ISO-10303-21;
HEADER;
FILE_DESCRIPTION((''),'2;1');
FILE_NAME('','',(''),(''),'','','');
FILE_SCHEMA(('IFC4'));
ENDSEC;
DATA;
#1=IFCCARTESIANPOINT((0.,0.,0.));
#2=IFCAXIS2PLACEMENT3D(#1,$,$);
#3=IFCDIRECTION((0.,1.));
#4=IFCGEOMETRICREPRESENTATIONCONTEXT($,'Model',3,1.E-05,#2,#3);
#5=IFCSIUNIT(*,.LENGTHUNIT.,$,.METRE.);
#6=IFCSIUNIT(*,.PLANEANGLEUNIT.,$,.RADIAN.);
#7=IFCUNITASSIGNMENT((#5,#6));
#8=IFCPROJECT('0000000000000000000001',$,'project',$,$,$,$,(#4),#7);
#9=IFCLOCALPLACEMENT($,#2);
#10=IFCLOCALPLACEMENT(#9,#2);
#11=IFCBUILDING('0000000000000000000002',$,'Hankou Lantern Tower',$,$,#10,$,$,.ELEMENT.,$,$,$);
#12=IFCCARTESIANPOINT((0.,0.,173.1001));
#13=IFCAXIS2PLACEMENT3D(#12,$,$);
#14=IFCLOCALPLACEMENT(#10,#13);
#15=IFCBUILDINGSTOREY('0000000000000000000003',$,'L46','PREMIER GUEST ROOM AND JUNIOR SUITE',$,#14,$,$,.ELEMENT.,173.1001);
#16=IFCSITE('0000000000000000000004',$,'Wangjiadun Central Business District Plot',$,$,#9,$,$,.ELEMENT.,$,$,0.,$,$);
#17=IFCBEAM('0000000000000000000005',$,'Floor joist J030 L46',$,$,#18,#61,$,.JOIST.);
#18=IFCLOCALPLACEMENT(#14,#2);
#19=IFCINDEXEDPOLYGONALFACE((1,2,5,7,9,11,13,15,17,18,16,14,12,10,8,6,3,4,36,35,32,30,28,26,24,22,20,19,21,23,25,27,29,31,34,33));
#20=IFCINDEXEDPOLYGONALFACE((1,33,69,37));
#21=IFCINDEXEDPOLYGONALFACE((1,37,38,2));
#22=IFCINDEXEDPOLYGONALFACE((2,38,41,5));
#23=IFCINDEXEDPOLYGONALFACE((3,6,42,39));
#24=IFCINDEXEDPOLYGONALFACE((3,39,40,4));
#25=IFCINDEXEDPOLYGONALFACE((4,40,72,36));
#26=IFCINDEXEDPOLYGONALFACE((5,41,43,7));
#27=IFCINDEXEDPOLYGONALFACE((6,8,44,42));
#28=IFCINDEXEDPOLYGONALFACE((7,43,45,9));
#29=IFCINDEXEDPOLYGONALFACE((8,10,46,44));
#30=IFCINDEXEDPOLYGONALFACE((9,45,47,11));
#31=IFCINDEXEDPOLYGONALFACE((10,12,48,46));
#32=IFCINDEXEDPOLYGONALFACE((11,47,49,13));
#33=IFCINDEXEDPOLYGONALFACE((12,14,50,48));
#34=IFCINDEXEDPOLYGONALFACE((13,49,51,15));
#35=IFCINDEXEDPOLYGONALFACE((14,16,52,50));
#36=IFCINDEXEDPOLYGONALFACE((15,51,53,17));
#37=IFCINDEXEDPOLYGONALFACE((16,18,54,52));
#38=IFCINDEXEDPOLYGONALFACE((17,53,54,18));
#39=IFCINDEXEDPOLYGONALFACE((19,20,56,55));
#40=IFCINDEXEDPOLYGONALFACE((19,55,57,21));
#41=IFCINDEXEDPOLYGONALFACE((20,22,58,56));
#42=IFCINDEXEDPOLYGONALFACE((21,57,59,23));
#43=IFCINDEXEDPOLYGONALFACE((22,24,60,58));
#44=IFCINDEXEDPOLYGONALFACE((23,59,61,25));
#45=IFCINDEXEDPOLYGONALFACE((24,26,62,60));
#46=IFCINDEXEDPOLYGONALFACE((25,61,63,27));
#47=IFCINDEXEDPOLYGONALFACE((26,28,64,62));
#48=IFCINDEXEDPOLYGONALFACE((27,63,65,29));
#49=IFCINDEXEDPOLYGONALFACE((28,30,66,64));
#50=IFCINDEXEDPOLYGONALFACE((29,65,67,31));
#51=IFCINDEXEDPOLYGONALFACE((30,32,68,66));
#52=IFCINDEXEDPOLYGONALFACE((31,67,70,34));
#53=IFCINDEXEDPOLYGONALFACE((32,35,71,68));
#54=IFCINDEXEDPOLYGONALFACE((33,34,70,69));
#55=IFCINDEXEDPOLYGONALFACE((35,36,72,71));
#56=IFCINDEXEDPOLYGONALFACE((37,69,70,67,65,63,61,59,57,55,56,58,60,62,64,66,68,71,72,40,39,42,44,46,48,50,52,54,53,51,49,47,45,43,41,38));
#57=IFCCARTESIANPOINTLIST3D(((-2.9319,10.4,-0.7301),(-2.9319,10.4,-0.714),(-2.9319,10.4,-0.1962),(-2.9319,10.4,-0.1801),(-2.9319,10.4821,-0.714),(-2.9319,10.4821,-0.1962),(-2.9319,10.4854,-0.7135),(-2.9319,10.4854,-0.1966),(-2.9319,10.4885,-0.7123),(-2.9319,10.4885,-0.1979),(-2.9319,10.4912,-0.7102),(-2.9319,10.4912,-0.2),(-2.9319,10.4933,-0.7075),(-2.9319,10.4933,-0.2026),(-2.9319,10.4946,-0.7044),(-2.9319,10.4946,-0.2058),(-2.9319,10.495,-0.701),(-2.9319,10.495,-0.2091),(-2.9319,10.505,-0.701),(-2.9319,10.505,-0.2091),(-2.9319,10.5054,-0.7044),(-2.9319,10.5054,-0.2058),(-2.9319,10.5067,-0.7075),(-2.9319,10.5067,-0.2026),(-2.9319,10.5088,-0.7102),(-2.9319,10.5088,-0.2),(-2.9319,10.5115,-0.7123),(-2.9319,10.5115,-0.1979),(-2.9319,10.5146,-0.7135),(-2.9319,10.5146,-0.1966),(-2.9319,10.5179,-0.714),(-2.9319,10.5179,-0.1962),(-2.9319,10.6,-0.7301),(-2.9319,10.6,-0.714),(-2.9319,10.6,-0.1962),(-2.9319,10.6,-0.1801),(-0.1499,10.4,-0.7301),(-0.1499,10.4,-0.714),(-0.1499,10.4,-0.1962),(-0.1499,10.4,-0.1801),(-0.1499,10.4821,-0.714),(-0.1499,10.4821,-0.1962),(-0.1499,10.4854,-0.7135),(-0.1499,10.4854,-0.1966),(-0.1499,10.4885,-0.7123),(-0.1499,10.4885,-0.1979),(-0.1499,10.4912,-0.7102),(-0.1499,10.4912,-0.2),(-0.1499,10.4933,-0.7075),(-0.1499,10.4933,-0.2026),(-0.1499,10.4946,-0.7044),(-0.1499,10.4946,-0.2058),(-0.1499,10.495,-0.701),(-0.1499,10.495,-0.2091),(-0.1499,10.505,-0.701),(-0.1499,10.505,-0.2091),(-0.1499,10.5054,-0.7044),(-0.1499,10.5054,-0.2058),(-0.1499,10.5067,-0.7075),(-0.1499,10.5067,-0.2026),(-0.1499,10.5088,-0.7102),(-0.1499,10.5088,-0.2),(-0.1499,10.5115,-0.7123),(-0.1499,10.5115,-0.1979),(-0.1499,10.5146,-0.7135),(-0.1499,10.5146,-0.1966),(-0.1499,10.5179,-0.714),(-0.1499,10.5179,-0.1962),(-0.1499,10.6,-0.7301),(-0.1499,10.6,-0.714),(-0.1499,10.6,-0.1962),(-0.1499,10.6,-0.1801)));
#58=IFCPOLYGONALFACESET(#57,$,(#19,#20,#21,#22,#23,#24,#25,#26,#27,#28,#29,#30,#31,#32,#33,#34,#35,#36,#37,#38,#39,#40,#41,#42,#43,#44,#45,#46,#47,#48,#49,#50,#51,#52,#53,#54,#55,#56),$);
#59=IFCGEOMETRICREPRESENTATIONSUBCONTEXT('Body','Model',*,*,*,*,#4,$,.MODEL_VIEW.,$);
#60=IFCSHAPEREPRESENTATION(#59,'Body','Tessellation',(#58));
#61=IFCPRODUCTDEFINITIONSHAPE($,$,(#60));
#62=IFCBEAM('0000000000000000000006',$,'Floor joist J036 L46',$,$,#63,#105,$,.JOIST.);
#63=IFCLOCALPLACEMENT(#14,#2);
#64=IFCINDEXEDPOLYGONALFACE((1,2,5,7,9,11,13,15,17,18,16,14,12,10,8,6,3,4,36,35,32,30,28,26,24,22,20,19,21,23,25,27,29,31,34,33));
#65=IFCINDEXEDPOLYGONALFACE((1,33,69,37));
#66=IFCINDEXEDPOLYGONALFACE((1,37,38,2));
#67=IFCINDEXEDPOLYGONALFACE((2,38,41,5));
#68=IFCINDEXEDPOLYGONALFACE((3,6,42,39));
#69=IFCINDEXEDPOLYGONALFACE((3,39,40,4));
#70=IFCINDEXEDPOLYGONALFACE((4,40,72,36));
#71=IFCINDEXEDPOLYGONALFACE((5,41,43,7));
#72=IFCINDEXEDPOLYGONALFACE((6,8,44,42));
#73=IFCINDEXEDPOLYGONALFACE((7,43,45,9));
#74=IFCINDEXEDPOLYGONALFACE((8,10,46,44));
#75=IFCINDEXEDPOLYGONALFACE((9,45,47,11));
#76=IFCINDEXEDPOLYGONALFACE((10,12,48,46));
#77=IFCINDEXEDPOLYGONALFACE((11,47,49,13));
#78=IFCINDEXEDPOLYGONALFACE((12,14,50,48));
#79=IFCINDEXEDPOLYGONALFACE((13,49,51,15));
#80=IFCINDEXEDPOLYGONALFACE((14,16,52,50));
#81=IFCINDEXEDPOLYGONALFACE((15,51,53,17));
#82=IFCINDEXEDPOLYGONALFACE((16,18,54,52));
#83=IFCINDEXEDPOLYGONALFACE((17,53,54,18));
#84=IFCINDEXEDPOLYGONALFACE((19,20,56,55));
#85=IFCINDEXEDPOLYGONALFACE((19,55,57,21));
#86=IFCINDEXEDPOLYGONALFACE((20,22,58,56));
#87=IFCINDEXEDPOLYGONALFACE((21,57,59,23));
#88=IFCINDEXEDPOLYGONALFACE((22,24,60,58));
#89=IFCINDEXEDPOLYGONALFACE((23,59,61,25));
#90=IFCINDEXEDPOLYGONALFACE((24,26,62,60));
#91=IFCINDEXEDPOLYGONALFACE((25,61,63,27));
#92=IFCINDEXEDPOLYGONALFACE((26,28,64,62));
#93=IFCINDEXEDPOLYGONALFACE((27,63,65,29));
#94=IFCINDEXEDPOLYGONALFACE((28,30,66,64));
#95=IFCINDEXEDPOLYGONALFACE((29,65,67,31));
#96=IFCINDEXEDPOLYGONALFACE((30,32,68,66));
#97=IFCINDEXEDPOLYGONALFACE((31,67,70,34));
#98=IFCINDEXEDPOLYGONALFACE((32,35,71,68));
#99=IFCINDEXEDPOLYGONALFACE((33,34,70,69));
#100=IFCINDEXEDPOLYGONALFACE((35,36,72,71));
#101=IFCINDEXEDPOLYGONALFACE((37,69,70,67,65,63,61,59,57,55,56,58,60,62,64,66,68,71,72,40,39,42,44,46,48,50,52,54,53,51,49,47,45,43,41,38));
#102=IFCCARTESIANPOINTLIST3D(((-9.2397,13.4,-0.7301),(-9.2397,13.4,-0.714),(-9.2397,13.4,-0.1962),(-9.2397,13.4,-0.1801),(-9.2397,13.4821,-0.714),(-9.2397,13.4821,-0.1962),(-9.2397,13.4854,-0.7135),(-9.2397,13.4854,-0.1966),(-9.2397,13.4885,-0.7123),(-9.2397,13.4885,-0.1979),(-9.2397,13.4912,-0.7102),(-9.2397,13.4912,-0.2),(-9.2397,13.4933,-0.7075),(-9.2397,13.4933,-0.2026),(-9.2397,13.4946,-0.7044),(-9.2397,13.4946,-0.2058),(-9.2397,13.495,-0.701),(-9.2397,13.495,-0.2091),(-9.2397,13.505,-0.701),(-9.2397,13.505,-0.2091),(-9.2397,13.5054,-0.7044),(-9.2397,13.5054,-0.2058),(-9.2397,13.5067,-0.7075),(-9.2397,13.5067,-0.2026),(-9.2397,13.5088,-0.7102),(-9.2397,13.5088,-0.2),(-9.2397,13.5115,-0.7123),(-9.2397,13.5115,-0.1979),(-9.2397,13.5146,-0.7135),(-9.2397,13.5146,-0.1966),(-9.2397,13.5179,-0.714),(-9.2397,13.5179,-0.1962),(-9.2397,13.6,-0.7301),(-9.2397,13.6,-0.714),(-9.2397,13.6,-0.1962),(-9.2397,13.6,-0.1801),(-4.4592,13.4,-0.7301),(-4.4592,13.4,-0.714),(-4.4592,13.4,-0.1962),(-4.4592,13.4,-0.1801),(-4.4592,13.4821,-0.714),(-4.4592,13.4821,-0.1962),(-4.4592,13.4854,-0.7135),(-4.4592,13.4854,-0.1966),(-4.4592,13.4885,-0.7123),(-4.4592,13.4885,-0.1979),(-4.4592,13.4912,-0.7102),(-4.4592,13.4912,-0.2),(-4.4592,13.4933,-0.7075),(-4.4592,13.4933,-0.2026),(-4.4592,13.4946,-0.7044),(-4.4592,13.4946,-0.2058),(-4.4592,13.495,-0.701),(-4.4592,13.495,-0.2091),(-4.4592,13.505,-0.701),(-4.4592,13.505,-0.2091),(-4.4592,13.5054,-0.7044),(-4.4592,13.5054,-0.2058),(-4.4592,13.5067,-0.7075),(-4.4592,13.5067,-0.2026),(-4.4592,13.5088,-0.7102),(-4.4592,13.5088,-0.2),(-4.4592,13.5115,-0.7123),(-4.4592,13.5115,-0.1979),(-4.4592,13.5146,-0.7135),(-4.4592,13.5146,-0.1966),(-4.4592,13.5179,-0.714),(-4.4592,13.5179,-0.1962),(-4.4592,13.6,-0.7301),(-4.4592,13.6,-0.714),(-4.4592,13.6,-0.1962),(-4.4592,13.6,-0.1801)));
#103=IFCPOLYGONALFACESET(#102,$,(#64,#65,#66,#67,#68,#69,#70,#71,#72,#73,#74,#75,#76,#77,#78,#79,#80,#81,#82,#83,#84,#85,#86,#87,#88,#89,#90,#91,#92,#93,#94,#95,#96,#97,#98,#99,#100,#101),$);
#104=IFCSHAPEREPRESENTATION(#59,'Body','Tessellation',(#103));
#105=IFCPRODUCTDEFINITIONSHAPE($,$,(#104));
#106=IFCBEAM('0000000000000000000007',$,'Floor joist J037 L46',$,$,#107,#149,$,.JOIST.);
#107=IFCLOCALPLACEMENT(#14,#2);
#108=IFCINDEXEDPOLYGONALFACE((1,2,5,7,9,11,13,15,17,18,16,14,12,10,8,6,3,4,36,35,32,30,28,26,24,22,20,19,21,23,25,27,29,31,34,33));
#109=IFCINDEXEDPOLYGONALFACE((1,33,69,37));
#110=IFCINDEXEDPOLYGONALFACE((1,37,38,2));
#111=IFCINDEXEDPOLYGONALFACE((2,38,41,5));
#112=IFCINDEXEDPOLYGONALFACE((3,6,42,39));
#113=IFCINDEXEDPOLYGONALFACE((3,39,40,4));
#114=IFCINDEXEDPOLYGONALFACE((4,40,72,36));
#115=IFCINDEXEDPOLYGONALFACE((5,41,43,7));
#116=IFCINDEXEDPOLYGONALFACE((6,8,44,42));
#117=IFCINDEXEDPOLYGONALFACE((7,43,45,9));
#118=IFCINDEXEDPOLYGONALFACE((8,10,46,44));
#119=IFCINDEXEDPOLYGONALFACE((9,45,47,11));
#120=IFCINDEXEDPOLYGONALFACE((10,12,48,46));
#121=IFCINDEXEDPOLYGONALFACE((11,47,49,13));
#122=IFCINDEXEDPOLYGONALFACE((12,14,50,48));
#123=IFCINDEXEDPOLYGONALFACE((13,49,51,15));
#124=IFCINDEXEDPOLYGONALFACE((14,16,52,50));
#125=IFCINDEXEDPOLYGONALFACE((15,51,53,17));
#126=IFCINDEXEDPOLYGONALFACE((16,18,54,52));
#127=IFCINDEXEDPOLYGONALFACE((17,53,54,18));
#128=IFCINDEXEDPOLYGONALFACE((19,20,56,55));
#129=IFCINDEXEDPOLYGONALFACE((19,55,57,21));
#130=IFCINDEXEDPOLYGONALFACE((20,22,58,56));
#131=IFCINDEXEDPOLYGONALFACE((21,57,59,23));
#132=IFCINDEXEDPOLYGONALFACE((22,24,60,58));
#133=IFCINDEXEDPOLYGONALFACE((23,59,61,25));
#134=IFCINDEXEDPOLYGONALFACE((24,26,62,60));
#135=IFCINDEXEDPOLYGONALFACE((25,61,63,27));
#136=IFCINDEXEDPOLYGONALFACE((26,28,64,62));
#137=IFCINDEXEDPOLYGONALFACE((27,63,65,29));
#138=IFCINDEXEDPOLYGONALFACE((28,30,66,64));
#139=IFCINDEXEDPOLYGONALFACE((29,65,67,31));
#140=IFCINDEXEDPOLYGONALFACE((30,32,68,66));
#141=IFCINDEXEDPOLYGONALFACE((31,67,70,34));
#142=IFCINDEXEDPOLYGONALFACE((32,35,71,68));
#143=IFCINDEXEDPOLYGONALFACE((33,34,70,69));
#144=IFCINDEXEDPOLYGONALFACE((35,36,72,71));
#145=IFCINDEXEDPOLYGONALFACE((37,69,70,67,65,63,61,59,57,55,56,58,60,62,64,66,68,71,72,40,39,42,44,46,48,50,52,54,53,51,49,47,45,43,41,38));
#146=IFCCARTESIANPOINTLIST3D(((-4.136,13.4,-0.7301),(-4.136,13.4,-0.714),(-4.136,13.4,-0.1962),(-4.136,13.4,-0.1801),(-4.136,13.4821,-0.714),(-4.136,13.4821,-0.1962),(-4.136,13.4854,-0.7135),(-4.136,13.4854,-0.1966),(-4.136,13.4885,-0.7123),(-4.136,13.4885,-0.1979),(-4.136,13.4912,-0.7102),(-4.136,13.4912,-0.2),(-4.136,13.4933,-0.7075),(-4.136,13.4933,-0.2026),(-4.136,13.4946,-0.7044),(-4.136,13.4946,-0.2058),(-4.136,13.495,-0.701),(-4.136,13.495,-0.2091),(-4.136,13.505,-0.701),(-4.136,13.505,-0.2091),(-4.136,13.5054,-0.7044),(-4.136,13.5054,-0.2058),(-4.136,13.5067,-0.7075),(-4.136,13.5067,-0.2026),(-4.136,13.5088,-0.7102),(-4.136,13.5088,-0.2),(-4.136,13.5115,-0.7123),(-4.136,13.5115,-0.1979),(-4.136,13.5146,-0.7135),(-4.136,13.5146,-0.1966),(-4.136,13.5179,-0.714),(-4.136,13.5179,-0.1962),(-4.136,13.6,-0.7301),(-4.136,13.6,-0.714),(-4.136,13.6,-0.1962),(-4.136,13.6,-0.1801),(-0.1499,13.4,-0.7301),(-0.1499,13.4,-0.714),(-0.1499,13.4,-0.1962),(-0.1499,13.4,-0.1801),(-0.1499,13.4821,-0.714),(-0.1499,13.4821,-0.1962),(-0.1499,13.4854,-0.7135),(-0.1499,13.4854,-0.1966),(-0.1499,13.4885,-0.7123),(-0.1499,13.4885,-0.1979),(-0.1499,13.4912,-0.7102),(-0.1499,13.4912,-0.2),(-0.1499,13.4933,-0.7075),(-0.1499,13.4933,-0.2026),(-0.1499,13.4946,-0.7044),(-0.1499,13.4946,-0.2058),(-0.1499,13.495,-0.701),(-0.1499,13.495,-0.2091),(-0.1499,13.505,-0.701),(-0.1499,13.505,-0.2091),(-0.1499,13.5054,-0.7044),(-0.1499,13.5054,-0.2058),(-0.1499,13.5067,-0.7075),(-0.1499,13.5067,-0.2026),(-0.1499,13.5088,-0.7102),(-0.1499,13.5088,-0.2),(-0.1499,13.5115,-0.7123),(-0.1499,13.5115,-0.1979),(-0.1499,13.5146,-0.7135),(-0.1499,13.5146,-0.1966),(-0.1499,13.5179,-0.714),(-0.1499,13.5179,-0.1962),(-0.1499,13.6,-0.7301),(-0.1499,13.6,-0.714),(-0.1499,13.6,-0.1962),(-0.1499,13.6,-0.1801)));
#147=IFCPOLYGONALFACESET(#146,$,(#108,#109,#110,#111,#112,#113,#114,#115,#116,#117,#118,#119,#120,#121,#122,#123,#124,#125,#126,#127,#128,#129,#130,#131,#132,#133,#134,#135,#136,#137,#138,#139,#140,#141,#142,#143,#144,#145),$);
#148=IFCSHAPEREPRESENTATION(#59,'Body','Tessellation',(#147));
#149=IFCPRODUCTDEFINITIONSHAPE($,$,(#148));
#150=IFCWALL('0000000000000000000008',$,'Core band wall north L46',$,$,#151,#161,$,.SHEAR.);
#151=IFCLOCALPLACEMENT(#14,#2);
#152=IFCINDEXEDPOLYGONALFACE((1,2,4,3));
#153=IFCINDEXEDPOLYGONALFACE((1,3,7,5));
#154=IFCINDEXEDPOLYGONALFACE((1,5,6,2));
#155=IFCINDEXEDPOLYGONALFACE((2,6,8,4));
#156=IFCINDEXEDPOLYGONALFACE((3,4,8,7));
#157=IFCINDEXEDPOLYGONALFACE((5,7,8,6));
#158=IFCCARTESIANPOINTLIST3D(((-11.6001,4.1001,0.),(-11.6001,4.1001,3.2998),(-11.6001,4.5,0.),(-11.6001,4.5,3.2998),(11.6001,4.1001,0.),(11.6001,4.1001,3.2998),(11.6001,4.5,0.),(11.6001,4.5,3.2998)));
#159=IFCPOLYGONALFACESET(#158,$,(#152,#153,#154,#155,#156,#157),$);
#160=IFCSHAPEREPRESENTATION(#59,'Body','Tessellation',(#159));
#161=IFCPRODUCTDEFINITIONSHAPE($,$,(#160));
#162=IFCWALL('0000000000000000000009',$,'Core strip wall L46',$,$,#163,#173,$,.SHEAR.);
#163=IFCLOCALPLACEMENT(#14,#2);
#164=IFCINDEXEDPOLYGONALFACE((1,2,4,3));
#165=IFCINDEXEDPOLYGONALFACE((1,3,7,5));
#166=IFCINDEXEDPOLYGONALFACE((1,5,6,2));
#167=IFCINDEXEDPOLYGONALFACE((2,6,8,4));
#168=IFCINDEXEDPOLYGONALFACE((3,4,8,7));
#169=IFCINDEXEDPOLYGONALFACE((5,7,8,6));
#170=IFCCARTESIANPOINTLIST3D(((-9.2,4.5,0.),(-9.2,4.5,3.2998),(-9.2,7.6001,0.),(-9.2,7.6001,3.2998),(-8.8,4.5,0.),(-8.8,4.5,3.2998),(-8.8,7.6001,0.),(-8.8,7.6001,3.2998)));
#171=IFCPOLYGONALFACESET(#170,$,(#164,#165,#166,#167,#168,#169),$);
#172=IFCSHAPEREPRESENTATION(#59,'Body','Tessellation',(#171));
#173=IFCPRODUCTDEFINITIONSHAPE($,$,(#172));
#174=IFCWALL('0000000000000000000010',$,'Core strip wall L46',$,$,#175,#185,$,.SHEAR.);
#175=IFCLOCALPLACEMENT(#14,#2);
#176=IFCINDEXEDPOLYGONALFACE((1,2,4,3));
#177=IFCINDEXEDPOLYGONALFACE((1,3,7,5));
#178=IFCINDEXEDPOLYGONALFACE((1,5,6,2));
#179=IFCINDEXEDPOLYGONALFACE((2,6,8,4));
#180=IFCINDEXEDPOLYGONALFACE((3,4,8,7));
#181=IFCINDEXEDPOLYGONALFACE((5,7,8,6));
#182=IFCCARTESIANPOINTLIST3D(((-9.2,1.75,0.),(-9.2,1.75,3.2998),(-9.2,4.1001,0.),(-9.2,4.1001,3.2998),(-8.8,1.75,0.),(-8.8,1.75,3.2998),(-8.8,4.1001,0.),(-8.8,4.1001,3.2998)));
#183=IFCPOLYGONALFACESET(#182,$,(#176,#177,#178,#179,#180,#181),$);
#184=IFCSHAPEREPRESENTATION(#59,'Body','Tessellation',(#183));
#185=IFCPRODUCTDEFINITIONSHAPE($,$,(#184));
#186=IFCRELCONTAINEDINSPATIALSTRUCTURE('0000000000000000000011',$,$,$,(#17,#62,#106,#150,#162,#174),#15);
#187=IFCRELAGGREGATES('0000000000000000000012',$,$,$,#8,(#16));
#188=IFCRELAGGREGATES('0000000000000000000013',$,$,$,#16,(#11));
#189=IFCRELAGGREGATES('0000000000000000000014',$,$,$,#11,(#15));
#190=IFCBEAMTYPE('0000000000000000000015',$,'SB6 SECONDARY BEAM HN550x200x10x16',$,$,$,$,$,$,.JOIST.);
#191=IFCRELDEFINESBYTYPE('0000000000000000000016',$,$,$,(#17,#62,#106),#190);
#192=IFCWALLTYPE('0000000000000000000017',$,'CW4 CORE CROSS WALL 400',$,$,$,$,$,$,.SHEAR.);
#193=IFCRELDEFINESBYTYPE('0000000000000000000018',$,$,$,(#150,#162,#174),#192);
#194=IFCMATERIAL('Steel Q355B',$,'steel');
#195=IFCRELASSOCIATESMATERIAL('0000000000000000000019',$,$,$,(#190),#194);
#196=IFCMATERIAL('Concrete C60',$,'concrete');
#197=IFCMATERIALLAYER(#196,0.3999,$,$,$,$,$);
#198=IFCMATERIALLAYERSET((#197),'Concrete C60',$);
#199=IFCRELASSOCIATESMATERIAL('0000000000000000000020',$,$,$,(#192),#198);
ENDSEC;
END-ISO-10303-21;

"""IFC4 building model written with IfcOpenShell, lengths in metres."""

from ifc_helpers import new_model, si_unit, direction, frame, frame_2d, origin, origin_2d, place, context, subcontext, project, spatial, rectangle, i_section, extrude, material, layer, layer_set, material_profile, profile_set, type_object, element, save


model = new_model("IFC4")

# Units and contexts
model_context = context("Model", 3, precision=1e-05, world=origin(), true_north=direction((0.0, 1.0)))
body_context = subcontext(model_context, "Body", "Model", "MODEL_VIEW")
ifc_project = project(units=[si_unit("LENGTHUNIT", "METRE"), si_unit("PLANEANGLEUNIT", "RADIAN")], contexts=[model_context])

# Site, building, storey
site_placement = place(None, origin())
site = spatial("IfcSite", under=ifc_project, at=site_placement, Name="Wangjiadun Central Business District Plot", CompositionType="ELEMENT", RefElevation=0.0)
building_placement = place(site_placement, origin())
building = spatial("IfcBuilding", under=site, at=building_placement, Name="Hankou Lantern Tower", CompositionType="ELEMENT")
storey_placement = place(building_placement, frame((0.0, 0.0, 173.1001)))
storey = spatial("IfcBuildingStorey", under=building, at=storey_placement, Name="L46", Description="PREMIER GUEST ROOM AND JUNIOR SUITE", CompositionType="ELEMENT", Elevation=173.1001)

# Beams
ifc_material_1 = material(Name="Steel Q355B", Category="steel")
ifc_material_profile_1 = material_profile(ifc_material_1, i_section(OverallWidth=0.2, OverallDepth=0.55, WebThickness=0.01, FlangeThickness=0.0161, FilletRadius=0.0129, at=origin_2d()), Name="HN550x200x10x16")
ifc_profile_set_1 = profile_set([ifc_material_profile_1], Name="Steel Q355B")
beam_type_1 = type_object("IfcBeamType", Name="SB6 SECONDARY BEAM HN550x200x10x16", PredefinedType="JOIST", material=ifc_profile_set_1)
beam_1_placement = place(storey_placement, frame((-2.9319, 10.5, -0.4551), z_axis=(1.0, 0.0, 0.0), x_axis=(0.0, 1.0, 0.0)))
element("IfcBeam", 1, at=beam_1_placement, inside=storey, type_object=beam_type_1, Name="Floor joist J030 L46", PredefinedType="JOIST", context=body_context, shape_type="SweptSolid", body=[
    extrude(i_section(OverallWidth=0.2, OverallDepth=0.55, WebThickness=0.01, FlangeThickness=0.0161, FilletRadius=0.0129, at=origin_2d()), origin(), (0.0, 0.0, 1.0), 2.782),
])
beam_2_placement = place(storey_placement, frame((-9.2397, 13.5, -0.4551), z_axis=(1.0, 0.0, 0.0), x_axis=(0.0, 1.0, 0.0)))
element("IfcBeam", 2, at=beam_2_placement, inside=storey, type_object=beam_type_1, Name="Floor joist J036 L46", PredefinedType="JOIST", context=body_context, shape_type="SweptSolid", body=[
    extrude(i_section(OverallWidth=0.2, OverallDepth=0.55, WebThickness=0.01, FlangeThickness=0.0161, FilletRadius=0.0129, at=origin_2d()), origin(), (0.0, 0.0, 1.0), 4.7805),
])
beam_3_placement = place(storey_placement, frame((-4.136, 13.5, -0.4551), z_axis=(1.0, 0.0, 0.0), x_axis=(0.0, 1.0, 0.0)))
element("IfcBeam", 3, at=beam_3_placement, inside=storey, type_object=beam_type_1, Name="Floor joist J037 L46", PredefinedType="JOIST", context=body_context, shape_type="SweptSolid", body=[
    extrude(i_section(OverallWidth=0.2, OverallDepth=0.55, WebThickness=0.01, FlangeThickness=0.0161, FilletRadius=0.0129, at=origin_2d()), origin(), (0.0, 0.0, 1.0), 3.9861),
])

# Walls
ifc_material_2 = material(Name="Concrete C60", Category="concrete")
ifc_layer_1 = layer(ifc_material_2, 0.3999)
ifc_layer_set_1 = layer_set([ifc_layer_1], Name="Concrete C60")
wall_type_1 = type_object("IfcWallType", Name="CW4 CORE CROSS WALL 400", PredefinedType="SHEAR", material=ifc_layer_set_1)
wall_1_placement = place(storey_placement, frame((-11.6001, 4.3, 0.0), z_axis=(0.0, 0.0, 1.0), x_axis=(1.0, 0.0, 0.0)))
element("IfcWall", 4, at=wall_1_placement, inside=storey, type_object=wall_type_1, Name="Core band wall north L46", PredefinedType="SHEAR", context=body_context, shape_type="SweptSolid", body=[
    extrude(rectangle(XDim=23.2002, YDim=0.3999, at=frame_2d((11.6001, 0.0))), origin(), (0.0, 0.0, 1.0), 3.2998),
])
wall_2_placement = place(storey_placement, frame((-9.0, 4.5, 0.0), z_axis=(0.0, 0.0, 1.0), x_axis=(0.0, 1.0, 0.0)))
element("IfcWall", 5, at=wall_2_placement, inside=storey, type_object=wall_type_1, Name="Core strip wall L46", PredefinedType="SHEAR", context=body_context, shape_type="SweptSolid", body=[
    extrude(rectangle(XDim=3.1001, YDim=0.3999, at=frame_2d((1.55, 0.0))), origin(), (0.0, 0.0, 1.0), 3.2998),
])
wall_3_placement = place(storey_placement, frame((-9.0, 1.75, 0.0), z_axis=(0.0, 0.0, 1.0), x_axis=(0.0, 1.0, 0.0)))
element("IfcWall", 6, at=wall_3_placement, inside=storey, type_object=wall_type_1, Name="Core strip wall L46", PredefinedType="SHEAR", context=body_context, shape_type="SweptSolid", body=[
    extrude(rectangle(XDim=2.3501, YDim=0.3999, at=frame_2d((1.175, 0.0))), origin(), (0.0, 0.0, 1.0), 3.2998),
])

save(model, "model.ifc")
